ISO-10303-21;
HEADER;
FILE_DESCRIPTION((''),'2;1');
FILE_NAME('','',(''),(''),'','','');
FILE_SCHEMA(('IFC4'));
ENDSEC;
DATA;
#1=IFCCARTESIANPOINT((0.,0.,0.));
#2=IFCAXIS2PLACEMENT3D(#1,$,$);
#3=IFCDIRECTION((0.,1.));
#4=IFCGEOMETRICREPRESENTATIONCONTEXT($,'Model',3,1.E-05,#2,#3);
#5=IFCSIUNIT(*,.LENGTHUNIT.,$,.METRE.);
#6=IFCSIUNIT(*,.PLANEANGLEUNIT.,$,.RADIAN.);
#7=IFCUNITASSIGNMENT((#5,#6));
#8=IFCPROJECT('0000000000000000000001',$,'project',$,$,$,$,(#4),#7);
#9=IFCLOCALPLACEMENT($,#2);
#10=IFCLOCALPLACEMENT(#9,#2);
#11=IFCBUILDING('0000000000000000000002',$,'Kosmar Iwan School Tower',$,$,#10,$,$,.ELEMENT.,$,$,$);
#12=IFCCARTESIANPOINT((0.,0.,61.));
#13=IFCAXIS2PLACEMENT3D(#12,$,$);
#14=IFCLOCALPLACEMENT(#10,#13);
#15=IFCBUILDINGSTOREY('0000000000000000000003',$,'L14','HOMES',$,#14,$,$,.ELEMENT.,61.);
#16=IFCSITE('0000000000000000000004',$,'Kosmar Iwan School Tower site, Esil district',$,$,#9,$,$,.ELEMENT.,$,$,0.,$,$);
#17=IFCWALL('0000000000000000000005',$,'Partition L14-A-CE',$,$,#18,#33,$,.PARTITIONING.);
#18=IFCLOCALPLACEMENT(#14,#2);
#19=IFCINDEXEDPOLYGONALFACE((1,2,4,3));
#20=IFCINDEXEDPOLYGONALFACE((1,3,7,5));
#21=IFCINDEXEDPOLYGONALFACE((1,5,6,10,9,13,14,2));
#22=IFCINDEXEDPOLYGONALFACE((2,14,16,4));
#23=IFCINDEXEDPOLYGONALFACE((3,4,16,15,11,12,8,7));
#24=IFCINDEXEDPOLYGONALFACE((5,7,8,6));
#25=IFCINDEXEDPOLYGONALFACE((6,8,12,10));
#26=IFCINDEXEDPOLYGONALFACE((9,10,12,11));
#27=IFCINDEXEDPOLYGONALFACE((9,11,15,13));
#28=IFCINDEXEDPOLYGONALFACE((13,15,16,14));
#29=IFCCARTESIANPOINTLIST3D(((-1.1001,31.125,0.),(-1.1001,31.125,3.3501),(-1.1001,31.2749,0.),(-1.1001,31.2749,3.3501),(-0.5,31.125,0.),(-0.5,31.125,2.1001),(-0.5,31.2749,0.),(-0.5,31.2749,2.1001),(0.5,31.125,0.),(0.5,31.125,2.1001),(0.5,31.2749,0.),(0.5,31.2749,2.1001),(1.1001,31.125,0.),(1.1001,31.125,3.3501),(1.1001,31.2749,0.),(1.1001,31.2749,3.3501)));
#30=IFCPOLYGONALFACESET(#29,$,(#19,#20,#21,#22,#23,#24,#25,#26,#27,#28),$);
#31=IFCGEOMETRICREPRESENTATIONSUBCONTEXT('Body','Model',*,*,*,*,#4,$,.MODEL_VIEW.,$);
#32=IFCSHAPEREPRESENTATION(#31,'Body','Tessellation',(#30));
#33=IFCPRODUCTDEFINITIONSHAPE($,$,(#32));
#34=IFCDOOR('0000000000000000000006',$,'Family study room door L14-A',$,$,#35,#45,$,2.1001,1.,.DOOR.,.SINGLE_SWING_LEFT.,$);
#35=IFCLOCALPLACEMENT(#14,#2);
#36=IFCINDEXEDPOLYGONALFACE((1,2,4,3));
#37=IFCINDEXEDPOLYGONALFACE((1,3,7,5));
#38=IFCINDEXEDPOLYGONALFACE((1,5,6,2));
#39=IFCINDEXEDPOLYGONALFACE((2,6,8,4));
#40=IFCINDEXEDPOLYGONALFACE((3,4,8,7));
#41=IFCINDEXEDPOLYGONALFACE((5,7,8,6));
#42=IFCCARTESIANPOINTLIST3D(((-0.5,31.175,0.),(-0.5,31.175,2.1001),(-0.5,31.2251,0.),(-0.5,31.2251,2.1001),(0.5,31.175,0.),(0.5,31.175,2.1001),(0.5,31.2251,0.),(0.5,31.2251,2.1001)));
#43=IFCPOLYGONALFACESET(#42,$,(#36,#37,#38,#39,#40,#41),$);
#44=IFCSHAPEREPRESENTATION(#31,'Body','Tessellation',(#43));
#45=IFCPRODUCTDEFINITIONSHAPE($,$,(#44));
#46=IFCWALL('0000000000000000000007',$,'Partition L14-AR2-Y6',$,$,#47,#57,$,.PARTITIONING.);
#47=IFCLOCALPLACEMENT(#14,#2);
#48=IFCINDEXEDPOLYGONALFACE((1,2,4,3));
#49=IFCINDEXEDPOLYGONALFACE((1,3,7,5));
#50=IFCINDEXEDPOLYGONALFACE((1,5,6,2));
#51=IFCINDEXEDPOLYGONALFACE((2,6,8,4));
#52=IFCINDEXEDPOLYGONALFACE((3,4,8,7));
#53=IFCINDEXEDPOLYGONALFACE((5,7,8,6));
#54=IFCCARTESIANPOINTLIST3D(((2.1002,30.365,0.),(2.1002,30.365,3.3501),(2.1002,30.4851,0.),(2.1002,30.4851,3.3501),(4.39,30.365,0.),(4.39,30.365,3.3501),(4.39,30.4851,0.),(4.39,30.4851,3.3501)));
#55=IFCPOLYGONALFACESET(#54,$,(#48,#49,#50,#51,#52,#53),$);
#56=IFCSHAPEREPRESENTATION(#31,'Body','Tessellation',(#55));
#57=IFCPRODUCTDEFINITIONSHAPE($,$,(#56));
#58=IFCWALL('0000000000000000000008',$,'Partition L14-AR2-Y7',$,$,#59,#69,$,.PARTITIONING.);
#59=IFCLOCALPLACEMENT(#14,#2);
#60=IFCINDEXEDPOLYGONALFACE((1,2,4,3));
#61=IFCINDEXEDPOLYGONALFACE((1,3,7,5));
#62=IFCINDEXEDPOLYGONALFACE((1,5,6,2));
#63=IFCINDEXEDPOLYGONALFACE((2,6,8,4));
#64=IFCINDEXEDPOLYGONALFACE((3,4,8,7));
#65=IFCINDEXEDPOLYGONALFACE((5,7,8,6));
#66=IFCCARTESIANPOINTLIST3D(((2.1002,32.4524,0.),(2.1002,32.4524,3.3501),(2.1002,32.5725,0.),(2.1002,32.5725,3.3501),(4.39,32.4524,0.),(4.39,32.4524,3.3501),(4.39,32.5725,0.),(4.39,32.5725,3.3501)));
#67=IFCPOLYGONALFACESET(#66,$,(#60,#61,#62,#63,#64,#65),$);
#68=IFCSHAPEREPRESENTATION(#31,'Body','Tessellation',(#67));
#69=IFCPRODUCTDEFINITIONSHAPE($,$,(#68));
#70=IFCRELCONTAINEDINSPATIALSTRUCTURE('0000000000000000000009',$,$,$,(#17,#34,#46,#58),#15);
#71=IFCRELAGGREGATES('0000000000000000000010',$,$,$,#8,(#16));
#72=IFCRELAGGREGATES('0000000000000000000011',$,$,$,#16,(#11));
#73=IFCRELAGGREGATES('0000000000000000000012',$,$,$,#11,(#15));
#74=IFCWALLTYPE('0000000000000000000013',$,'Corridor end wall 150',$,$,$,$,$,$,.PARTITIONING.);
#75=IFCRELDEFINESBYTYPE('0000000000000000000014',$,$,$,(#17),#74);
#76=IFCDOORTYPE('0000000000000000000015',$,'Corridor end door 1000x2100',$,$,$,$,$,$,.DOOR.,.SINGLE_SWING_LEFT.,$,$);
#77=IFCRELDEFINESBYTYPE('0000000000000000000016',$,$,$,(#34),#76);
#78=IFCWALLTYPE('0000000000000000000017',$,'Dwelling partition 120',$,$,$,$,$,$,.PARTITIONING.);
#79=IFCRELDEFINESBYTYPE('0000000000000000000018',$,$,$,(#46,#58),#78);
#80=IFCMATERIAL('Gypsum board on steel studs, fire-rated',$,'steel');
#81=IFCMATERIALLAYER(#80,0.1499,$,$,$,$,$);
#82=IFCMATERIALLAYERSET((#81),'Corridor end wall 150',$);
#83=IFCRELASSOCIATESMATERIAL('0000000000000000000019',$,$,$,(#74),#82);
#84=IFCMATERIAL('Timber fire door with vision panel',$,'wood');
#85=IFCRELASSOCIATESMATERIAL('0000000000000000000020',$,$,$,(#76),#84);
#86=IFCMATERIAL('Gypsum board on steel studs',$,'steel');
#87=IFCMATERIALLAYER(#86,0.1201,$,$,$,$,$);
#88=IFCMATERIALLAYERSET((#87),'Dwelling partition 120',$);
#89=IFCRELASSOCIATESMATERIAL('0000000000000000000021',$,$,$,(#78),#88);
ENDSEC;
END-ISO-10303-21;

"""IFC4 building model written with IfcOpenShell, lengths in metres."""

from ifc_helpers import new_model, si_unit, direction, frame, frame_2d, origin, place, context, subcontext, project, spatial, rectangle, extrude, material, layer, layer_set, type_object, element, fill, save


model = new_model("IFC4")

# Units and contexts
model_context = context("Model", 3, precision=1e-05, world=origin(), true_north=direction((0.0, 1.0)))
body_context = subcontext(model_context, "Body", "Model", "MODEL_VIEW")
ifc_project = project(units=[si_unit("LENGTHUNIT", "METRE"), si_unit("PLANEANGLEUNIT", "RADIAN")], contexts=[model_context])

# Site, building, storey
site_placement = place(None, origin())
site = spatial("IfcSite", under=ifc_project, at=site_placement, Name="Kosmar Iwan School Tower site, Esil district", CompositionType="ELEMENT", RefElevation=0.0)
building_placement = place(site_placement, origin())
building = spatial("IfcBuilding", under=site, at=building_placement, Name="Kosmar Iwan School Tower", CompositionType="ELEMENT")
storey_placement = place(building_placement, frame((0.0, 0.0, 61.0)))
storey = spatial("IfcBuildingStorey", under=building, at=storey_placement, Name="L14", Description="HOMES", CompositionType="ELEMENT", Elevation=61.0)

# Wall, opening, door
ifc_material_1 = material(Name="Gypsum board on steel studs, fire-rated", Category="steel")
ifc_layer_1 = layer(ifc_material_1, 0.1499)
ifc_layer_set_1 = layer_set([ifc_layer_1], Name="Corridor end wall 150")
wall_type_1 = type_object("IfcWallType", Name="Corridor end wall 150", PredefinedType="PARTITIONING", material=ifc_layer_set_1)
wall_placement = place(storey_placement, frame((1.1001, 31.2, 0.0), z_axis=(0.0, 0.0, 1.0), x_axis=(-1.0, 0.0, 0.0)))
wall = element("IfcWall", 1, at=wall_placement, inside=storey, type_object=wall_type_1, Name="Partition L14-A-CE", PredefinedType="PARTITIONING", context=body_context, shape_type="SweptSolid", body=[
    extrude(rectangle(XDim=2.2002, YDim=0.1499, at=frame_2d((1.1001, 0.0))), origin(), (0.0, 0.0, 1.0), 3.3501),
])
opening_placement = place(wall_placement, frame((0.6001, 0.0, 0.0)))
opening = element("IfcOpeningElement", 2, at=opening_placement, cuts=wall, PredefinedType="OPENING", context=body_context, shape_type="SweptSolid", body=[
    extrude(rectangle(XDim=1.0, YDim=2.1001, at=frame_2d((0.5, 1.05))), frame((0.0, 0.0869, 0.0), z_axis=(0.0, -1.0, 0.0), x_axis=(1.0, 0.0, 0.0)), (0.0, 0.0, 1.0), 0.1738),
])
ifc_material_2 = material(Name="Timber fire door with vision panel", Category="wood")
door_type = type_object("IfcDoorType", Name="Corridor end door 1000x2100", OperationType="SINGLE_SWING_LEFT", PredefinedType="DOOR", material=ifc_material_2)
door_placement = place(opening_placement, origin())
door = element("IfcDoor", 3, at=door_placement, inside=storey, type_object=door_type, Name="Family study room door L14-A", OperationType="SINGLE_SWING_LEFT", OverallHeight=2.1001, OverallWidth=1.0, PredefinedType="DOOR", context=body_context, shape_type="SweptSolid", body=[
    extrude(rectangle(XDim=1.0, YDim=2.1001, at=frame_2d((0.5, 1.05))), frame((0.0, 0.0249, 0.0), z_axis=(0.0, -1.0, 0.0), x_axis=(1.0, 0.0, 0.0)), (0.0, 0.0, 1.0), 0.05),
])
fill(opening, door)

# Walls
ifc_material_3 = material(Name="Gypsum board on steel studs", Category="steel")
ifc_layer_2 = layer(ifc_material_3, 0.1201)
ifc_layer_set_2 = layer_set([ifc_layer_2], Name="Dwelling partition 120")
wall_type_2 = type_object("IfcWallType", Name="Dwelling partition 120", PredefinedType="PARTITIONING", material=ifc_layer_set_2)
for number, where, z_axis, x_axis, name in (
    (4, (2.1001, 30.425, 0.0), (0.0, 0.0, 1.0), (1.0, 0.0, 0.0), "Partition L14-AR2-Y6"),
    (5, (2.1001, 32.5125, 0.0), (0.0, 0.0, 1.0), (1.0, 0.0, 0.0), "Partition L14-AR2-Y7"),
):
    element("IfcWall", number, at=place(storey_placement, frame(where, z_axis=z_axis, x_axis=x_axis)), inside=storey, type_object=wall_type_2, Name=name, PredefinedType="PARTITIONING", context=body_context, shape_type="SweptSolid", body=[
        extrude(rectangle(XDim=2.2898, YDim=0.1201, at=frame_2d((1.145, 0.0))), origin(), (0.0, 0.0, 1.0), 3.3501),
    ])

save(model, "model.ifc")
